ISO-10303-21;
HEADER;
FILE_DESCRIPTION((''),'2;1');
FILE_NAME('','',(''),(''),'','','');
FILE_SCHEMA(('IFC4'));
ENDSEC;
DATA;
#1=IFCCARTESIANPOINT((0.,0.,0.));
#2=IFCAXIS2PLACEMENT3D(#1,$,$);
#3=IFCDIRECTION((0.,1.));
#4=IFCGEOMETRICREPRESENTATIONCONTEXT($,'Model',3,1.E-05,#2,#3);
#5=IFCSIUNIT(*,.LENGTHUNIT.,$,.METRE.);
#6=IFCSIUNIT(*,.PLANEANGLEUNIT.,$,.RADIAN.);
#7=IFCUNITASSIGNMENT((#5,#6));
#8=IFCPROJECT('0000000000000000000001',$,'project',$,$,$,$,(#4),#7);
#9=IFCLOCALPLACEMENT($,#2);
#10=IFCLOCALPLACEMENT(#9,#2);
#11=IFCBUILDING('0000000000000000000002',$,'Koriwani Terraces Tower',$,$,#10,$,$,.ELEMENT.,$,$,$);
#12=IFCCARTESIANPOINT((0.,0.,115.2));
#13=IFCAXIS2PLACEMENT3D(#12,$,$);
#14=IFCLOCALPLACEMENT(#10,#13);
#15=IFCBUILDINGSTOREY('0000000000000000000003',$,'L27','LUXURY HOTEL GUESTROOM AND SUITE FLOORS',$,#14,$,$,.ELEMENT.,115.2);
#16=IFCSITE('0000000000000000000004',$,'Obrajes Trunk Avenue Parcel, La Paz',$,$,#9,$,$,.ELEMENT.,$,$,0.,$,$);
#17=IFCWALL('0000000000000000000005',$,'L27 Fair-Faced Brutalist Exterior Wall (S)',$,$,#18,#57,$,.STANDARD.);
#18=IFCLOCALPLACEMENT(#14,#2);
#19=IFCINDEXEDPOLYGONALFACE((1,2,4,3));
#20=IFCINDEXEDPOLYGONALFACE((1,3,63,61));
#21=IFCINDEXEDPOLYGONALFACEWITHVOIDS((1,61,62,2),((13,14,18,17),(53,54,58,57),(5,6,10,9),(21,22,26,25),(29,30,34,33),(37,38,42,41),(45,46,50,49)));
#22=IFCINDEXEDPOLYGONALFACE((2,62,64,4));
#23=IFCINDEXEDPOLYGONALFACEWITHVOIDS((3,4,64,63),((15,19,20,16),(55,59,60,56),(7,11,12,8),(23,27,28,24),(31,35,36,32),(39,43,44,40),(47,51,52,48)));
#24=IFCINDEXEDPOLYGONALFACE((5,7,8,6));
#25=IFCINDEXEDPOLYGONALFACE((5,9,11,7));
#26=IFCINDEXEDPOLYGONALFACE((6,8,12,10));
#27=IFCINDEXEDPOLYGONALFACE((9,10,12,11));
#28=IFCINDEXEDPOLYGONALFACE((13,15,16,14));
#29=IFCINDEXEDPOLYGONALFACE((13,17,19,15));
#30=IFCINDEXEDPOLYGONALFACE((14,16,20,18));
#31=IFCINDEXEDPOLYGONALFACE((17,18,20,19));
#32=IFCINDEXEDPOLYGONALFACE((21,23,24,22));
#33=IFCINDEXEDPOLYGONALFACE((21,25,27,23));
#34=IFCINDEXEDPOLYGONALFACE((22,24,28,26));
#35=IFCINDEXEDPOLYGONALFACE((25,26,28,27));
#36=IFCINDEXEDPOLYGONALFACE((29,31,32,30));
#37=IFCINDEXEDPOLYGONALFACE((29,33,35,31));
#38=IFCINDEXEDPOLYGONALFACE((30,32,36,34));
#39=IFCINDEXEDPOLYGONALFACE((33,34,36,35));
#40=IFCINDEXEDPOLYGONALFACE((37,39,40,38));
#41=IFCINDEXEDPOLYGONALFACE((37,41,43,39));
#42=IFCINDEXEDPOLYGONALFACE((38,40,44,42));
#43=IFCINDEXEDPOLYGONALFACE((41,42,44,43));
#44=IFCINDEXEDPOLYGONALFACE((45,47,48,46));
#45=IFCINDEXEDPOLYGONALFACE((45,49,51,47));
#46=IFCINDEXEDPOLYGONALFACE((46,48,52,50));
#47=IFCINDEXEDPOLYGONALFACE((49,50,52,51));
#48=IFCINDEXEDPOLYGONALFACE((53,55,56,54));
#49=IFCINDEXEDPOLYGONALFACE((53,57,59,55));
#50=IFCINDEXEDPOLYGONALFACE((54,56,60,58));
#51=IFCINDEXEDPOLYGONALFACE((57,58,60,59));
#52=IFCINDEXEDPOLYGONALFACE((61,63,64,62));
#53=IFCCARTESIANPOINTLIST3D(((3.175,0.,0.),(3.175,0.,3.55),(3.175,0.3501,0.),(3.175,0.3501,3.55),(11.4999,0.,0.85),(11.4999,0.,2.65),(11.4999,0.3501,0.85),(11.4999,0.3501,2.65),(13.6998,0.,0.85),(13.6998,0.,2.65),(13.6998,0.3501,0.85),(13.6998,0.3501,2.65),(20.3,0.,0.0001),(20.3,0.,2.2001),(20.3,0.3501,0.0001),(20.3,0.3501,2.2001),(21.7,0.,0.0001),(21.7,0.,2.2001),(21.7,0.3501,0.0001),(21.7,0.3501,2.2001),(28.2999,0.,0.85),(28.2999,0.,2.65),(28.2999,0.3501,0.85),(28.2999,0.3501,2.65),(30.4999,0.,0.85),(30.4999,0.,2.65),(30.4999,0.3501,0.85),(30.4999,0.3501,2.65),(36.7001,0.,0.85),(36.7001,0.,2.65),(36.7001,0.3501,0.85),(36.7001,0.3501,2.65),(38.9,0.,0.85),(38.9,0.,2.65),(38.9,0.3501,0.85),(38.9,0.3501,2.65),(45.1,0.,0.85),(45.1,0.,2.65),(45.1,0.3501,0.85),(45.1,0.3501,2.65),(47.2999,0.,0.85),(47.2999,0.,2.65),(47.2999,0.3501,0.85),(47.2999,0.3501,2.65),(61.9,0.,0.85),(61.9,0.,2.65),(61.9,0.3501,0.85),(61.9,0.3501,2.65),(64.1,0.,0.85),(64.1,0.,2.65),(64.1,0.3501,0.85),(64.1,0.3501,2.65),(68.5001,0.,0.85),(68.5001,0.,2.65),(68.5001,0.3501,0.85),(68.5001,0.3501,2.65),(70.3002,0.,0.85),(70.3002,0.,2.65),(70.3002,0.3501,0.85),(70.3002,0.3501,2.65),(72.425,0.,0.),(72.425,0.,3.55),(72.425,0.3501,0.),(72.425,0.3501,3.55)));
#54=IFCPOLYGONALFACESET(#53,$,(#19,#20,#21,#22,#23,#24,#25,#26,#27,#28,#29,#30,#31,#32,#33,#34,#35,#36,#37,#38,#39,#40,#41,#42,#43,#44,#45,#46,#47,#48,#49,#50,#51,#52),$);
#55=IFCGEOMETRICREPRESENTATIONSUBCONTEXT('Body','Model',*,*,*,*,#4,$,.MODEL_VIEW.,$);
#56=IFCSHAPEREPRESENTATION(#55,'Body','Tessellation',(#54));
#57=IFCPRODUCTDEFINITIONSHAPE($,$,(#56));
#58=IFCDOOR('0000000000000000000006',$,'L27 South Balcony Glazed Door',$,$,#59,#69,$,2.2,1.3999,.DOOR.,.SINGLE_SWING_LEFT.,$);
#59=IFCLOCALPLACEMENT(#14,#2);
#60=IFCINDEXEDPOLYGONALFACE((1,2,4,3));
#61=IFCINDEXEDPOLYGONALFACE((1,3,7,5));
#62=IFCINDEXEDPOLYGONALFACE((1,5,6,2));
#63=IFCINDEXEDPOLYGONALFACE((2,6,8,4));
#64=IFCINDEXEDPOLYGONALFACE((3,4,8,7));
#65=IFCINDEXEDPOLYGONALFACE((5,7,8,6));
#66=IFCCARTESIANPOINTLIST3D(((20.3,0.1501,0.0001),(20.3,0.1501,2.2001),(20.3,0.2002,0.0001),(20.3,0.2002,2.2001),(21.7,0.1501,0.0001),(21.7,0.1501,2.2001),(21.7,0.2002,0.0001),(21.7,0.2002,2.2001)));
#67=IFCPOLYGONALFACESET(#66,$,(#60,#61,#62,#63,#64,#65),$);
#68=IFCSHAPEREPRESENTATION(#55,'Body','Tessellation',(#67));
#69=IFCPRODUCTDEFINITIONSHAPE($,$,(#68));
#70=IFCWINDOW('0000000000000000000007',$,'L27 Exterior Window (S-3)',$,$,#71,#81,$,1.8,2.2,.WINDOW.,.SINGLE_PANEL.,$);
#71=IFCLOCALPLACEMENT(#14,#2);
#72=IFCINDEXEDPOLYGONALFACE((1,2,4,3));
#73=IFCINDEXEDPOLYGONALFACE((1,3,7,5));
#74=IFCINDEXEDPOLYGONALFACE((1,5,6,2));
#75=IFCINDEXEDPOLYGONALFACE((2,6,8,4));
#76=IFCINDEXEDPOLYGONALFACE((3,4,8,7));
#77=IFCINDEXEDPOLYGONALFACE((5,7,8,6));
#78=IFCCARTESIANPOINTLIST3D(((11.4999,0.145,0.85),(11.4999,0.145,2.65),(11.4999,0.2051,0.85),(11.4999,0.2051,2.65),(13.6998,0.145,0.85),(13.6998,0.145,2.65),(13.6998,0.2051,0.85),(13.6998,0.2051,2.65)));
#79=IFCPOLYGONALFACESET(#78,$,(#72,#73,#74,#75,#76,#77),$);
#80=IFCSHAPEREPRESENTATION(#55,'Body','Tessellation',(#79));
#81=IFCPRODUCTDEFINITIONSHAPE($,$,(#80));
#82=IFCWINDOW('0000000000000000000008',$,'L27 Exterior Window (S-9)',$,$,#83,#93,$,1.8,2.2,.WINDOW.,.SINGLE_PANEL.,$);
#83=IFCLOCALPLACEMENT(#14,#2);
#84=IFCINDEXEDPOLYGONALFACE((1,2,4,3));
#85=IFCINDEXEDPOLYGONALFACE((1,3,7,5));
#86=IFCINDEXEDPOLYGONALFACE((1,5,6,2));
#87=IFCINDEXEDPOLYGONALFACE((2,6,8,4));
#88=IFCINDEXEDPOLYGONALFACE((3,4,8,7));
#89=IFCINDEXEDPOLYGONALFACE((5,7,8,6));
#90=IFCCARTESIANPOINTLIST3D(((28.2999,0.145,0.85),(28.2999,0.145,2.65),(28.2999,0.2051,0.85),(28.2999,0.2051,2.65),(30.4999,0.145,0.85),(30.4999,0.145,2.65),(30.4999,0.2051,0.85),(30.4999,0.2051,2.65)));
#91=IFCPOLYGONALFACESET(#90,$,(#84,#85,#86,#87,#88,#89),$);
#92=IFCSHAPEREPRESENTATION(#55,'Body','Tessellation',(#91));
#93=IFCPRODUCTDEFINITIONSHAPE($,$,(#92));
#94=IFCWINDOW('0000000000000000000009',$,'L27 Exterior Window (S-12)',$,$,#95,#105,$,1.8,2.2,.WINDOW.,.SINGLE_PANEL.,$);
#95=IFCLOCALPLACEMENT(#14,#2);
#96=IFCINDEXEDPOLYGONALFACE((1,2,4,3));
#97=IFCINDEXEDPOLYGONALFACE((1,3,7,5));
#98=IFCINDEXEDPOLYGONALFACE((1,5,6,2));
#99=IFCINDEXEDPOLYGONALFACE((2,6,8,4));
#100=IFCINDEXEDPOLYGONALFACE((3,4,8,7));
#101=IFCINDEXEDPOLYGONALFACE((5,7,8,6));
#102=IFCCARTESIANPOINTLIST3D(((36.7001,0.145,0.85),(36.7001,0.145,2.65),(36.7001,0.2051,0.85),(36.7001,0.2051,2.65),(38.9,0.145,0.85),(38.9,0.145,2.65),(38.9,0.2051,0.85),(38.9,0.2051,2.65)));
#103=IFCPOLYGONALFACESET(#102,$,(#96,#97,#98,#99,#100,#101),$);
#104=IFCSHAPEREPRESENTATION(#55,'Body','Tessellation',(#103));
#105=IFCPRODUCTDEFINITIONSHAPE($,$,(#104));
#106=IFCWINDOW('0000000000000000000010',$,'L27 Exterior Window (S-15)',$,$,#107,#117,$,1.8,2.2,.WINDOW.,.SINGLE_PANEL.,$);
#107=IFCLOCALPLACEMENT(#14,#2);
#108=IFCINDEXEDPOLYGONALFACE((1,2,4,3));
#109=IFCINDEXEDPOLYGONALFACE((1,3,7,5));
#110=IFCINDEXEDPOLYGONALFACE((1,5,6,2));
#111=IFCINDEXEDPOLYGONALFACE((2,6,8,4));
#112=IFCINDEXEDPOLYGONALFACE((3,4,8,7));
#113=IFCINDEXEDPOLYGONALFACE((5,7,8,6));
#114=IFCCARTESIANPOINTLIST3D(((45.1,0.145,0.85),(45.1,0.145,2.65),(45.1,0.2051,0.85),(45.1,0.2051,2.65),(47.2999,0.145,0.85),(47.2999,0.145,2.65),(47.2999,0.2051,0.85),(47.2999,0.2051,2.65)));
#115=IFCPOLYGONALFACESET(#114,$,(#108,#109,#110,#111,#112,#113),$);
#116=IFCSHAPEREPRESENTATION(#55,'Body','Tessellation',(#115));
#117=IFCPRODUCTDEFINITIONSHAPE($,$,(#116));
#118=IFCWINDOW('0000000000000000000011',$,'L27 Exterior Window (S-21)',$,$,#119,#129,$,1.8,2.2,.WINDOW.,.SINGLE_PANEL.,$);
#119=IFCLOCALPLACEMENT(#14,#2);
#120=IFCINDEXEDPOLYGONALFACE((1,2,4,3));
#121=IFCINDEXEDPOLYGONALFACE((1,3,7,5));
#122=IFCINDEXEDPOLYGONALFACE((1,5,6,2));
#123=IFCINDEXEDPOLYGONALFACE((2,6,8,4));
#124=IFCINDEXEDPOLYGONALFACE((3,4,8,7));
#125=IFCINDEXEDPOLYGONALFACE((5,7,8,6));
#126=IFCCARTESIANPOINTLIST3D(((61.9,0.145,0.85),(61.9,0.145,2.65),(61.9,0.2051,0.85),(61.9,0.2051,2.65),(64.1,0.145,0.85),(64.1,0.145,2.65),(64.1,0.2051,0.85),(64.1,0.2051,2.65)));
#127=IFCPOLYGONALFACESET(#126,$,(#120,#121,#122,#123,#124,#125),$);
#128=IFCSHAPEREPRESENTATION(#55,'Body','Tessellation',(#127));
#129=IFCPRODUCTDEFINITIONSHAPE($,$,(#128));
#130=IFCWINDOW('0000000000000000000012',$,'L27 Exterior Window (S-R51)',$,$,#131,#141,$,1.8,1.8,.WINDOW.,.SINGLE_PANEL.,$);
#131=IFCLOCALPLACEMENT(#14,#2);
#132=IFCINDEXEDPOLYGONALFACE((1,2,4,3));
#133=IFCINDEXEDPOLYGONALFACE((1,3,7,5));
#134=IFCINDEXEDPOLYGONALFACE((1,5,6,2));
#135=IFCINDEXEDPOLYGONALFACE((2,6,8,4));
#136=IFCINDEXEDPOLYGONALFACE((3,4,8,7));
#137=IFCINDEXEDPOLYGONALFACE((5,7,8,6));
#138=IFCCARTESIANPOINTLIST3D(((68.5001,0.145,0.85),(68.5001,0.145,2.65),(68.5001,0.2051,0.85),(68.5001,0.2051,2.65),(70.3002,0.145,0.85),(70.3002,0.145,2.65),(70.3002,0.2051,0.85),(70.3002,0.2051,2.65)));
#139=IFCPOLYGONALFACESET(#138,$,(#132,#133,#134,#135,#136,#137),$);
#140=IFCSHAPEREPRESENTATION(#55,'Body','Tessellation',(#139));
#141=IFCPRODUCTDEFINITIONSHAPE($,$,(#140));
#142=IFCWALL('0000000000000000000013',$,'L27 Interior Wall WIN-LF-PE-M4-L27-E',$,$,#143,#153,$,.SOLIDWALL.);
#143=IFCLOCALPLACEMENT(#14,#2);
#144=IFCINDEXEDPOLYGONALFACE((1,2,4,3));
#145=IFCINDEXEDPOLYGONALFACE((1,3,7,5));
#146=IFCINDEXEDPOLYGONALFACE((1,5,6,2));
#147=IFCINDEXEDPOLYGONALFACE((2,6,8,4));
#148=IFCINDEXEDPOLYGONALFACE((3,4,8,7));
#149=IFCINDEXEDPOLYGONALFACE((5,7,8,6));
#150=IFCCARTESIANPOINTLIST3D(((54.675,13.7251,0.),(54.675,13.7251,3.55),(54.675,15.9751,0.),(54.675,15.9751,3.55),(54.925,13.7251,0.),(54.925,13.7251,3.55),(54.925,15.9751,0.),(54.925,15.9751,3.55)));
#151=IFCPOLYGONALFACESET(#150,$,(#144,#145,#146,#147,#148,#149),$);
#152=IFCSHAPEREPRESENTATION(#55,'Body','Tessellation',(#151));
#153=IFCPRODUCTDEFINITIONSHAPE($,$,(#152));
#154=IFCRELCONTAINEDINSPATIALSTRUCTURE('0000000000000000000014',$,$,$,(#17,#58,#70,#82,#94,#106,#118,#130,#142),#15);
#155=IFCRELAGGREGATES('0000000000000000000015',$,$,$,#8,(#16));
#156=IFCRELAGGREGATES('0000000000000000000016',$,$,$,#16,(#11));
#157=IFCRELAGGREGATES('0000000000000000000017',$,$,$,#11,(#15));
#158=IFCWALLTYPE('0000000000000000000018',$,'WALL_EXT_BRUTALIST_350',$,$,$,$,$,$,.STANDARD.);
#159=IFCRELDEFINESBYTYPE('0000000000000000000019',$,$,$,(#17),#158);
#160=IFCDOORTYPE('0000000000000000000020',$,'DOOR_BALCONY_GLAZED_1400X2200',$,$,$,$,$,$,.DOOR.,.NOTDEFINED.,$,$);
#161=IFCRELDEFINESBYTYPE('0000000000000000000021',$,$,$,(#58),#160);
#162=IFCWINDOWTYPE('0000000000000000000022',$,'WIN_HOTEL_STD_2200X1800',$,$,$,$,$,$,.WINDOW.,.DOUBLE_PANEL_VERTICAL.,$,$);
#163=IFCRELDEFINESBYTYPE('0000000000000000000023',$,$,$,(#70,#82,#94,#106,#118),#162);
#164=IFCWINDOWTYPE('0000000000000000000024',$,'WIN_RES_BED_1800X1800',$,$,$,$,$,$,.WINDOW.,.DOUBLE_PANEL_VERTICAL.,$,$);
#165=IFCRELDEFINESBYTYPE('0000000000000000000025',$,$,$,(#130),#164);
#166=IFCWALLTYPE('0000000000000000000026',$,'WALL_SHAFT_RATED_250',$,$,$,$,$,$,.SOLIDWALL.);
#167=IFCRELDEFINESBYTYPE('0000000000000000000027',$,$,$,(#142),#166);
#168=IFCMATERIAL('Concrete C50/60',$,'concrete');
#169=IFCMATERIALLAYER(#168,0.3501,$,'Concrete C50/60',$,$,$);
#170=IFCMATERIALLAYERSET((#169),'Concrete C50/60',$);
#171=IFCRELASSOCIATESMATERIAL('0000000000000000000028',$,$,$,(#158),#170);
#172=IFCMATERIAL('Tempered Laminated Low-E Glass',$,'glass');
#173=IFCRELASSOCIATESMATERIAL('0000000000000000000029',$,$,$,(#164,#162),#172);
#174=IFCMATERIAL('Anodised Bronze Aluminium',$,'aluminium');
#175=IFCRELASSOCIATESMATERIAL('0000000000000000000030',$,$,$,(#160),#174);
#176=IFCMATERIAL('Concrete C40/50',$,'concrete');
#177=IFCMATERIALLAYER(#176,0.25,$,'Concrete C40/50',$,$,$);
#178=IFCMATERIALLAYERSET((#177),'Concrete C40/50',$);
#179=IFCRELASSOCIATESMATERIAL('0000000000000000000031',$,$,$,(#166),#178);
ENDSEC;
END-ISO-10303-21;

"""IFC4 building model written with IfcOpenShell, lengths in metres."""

from ifc_helpers import new_model, si_unit, direction, frame, frame_2d, origin, place, context, subcontext, project, spatial, rectangle, extrude, material, layer, layer_set, type_object, element, fill, save


model = new_model("IFC4")

# Units and contexts
model_context = context("Model", 3, precision=1e-05, world=origin(), true_north=direction((0.0, 1.0)))
body_context = subcontext(model_context, "Body", "Model", "MODEL_VIEW")
ifc_project = project(units=[si_unit("LENGTHUNIT", "METRE"), si_unit("PLANEANGLEUNIT", "RADIAN")], contexts=[model_context])

# Site, building, storey
site_placement = place(None, origin())
site = spatial("IfcSite", under=ifc_project, at=site_placement, Name="Obrajes Trunk Avenue Parcel, La Paz", CompositionType="ELEMENT", RefElevation=0.0)
building_placement = place(site_placement, origin())
building = spatial("IfcBuilding", under=site, at=building_placement, Name="Koriwani Terraces Tower", CompositionType="ELEMENT")
storey_placement = place(building_placement, frame((0.0, 0.0, 115.2)))
storey = spatial("IfcBuildingStorey", under=building, at=storey_placement, Name="L27", Description="LUXURY HOTEL GUESTROOM AND SUITE FLOORS", CompositionType="ELEMENT", Elevation=115.2)

# Shared definitions
ifc_material_1 = material(Name="Concrete C40/50", Category="concrete")
ifc_material_2 = material(Name="Concrete C50/60", Category="concrete")

# Shared definitions
ifc_layer_1 = layer(ifc_material_2, 0.3501, Name="Concrete C50/60")
ifc_layer_set_1 = layer_set([ifc_layer_1], Name="Concrete C50/60")
wall_type_1 = type_object("IfcWallType", Name="WALL_EXT_BRUTALIST_350", PredefinedType="STANDARD", material=ifc_layer_set_1)

# Shared definitions
ifc_material_3 = material(Name="Tempered Laminated Low-E Glass", Category="glass")
window_type_1 = type_object("IfcWindowType", Name="WIN_RES_BED_1800X1800", PartitioningType="DOUBLE_PANEL_VERTICAL", PredefinedType="WINDOW", material=ifc_material_3)

# Wall, openings, door, windows
wall_1_placement = place(storey_placement, frame((72.425, 0.175, 0.0), z_axis=(0.0, 0.0, 1.0), x_axis=(-1.0, 0.0, 0.0)))
wall_1 = element("IfcWall", 1, at=wall_1_placement, inside=storey, type_object=wall_type_1, Name="L27 Fair-Faced Brutalist Exterior Wall (S)", PredefinedType="STANDARD", context=body_context, shape_type="SweptSolid", body=[
    extrude(rectangle(XDim=69.25, YDim=0.3501, at=frame_2d((34.625, 0.0))), origin(), (0.0, 0.0, 1.0), 3.55),
])
opening_1_placement = place(wall_1_placement, frame((50.7251, 0.0, 0.0)))
opening_1 = element("IfcOpeningElement", 2, at=opening_1_placement, cuts=wall_1, PredefinedType="OPENING", context=body_context, shape_type="SweptSolid", body=[
    extrude(rectangle(XDim=1.3999, YDim=2.2, at=frame_2d((0.7, 1.1001))), frame((0.0, 0.1851, 0.0), z_axis=(0.0, -1.0, 0.0), x_axis=(1.0, 0.0, 0.0)), (0.0, 0.0, 1.0), 0.3701),
])
opening_2_placement = place(wall_1_placement, frame((58.7251, 0.0, 0.8501)))
opening_2 = element("IfcOpeningElement", 3, at=opening_2_placement, cuts=wall_1, PredefinedType="OPENING", context=body_context, shape_type="SweptSolid", body=[
    extrude(rectangle(XDim=2.2, YDim=1.8, at=frame_2d((1.1001, 0.8999))), frame((0.0, 0.1851, 0.0), z_axis=(0.0, -1.0, 0.0), x_axis=(1.0, 0.0, 0.0)), (0.0, 0.0, 1.0), 0.3701),
])
opening_3_placement = place(wall_1_placement, frame((41.925, 0.0, 0.8501)))
opening_3 = element("IfcOpeningElement", 4, at=opening_3_placement, cuts=wall_1, PredefinedType="OPENING", context=body_context, shape_type="SweptSolid", body=[
    extrude(rectangle(XDim=2.2, YDim=1.8, at=frame_2d((1.1001, 0.8999))), frame((0.0, 0.1851, 0.0), z_axis=(0.0, -1.0, 0.0), x_axis=(1.0, 0.0, 0.0)), (0.0, 0.0, 1.0), 0.3701),
])
opening_4_placement = place(wall_1_placement, frame((33.5249, 0.0, 0.8501)))
opening_4 = element("IfcOpeningElement", 5, at=opening_4_placement, cuts=wall_1, PredefinedType="OPENING", context=body_context, shape_type="SweptSolid", body=[
    extrude(rectangle(XDim=2.2, YDim=1.8, at=frame_2d((1.1001, 0.8999))), frame((0.0, 0.1851, 0.0), z_axis=(0.0, -1.0, 0.0), x_axis=(1.0, 0.0, 0.0)), (0.0, 0.0, 1.0), 0.3701),
])
opening_5_placement = place(wall_1_placement, frame((25.125, 0.0, 0.8501)))
opening_5 = element("IfcOpeningElement", 6, at=opening_5_placement, cuts=wall_1, PredefinedType="OPENING", context=body_context, shape_type="SweptSolid", body=[
    extrude(rectangle(XDim=2.2, YDim=1.8, at=frame_2d((1.1001, 0.8999))), frame((0.0, 0.1851, 0.0), z_axis=(0.0, -1.0, 0.0), x_axis=(1.0, 0.0, 0.0)), (0.0, 0.0, 1.0), 0.3701),
])
opening_6_placement = place(wall_1_placement, frame((8.325, 0.0, 0.8501)))
opening_6 = element("IfcOpeningElement", 7, at=opening_6_placement, cuts=wall_1, PredefinedType="OPENING", context=body_context, shape_type="SweptSolid", body=[
    extrude(rectangle(XDim=2.2, YDim=1.8, at=frame_2d((1.1001, 0.8999))), frame((0.0, 0.1851, 0.0), z_axis=(0.0, -1.0, 0.0), x_axis=(1.0, 0.0, 0.0)), (0.0, 0.0, 1.0), 0.3701),
])
opening_7_placement = place(wall_1_placement, frame((2.125, 0.0, 0.8501)))
opening_7 = element("IfcOpeningElement", 8, at=opening_7_placement, cuts=wall_1, PredefinedType="OPENING", context=body_context, shape_type="SweptSolid", body=[
    extrude(rectangle(XDim=1.8, YDim=1.8, at=frame_2d((0.8999, 0.8999))), frame((0.0, 0.1851, 0.0), z_axis=(0.0, -1.0, 0.0), x_axis=(1.0, 0.0, 0.0)), (0.0, 0.0, 1.0), 0.3701),
])
ifc_material_4 = material(Name="Anodised Bronze Aluminium", Category="aluminium")
door_type = type_object("IfcDoorType", Name="DOOR_BALCONY_GLAZED_1400X2200", OperationType="NOTDEFINED", PredefinedType="DOOR", material=ifc_material_4)
door_placement = place(opening_1_placement, origin())
door = element("IfcDoor", 9, at=door_placement, inside=storey, type_object=door_type, Name="L27 South Balcony Glazed Door", OperationType="SINGLE_SWING_LEFT", OverallHeight=2.2, OverallWidth=1.3999, PredefinedType="DOOR", context=body_context, shape_type="SweptSolid", body=[
    extrude(rectangle(XDim=1.3999, YDim=2.2, at=frame_2d((0.7, 1.1001))), frame((0.0, 0.0249, 0.0), z_axis=(0.0, -1.0, 0.0), x_axis=(1.0, 0.0, 0.0)), (0.0, 0.0, 1.0), 0.05),
])
fill(opening_1, door)
window_type_2 = type_object("IfcWindowType", Name="WIN_HOTEL_STD_2200X1800", PartitioningType="DOUBLE_PANEL_VERTICAL", PredefinedType="WINDOW", material=ifc_material_3)
window_1_placement = place(opening_2_placement, origin())
window_1 = element("IfcWindow", 10, at=window_1_placement, inside=storey, type_object=window_type_2, Name="L27 Exterior Window (S-3)", OverallHeight=1.8, OverallWidth=2.2, PartitioningType="SINGLE_PANEL", PredefinedType="WINDOW", context=body_context, shape_type="SweptSolid", body=[
    extrude(rectangle(XDim=2.2, YDim=1.8, at=frame_2d((1.1001, 0.8999))), frame((0.0, 0.03, 0.0), z_axis=(0.0, -1.0, 0.0), x_axis=(1.0, 0.0, 0.0)), (0.0, 0.0, 1.0), 0.0601),
])
fill(opening_2, window_1)
window_2_placement = place(opening_3_placement, origin())
window_2 = element("IfcWindow", 11, at=window_2_placement, inside=storey, type_object=window_type_2, Name="L27 Exterior Window (S-9)", OverallHeight=1.8, OverallWidth=2.2, PartitioningType="SINGLE_PANEL", PredefinedType="WINDOW", context=body_context, shape_type="SweptSolid", body=[
    extrude(rectangle(XDim=2.2, YDim=1.8, at=frame_2d((1.1001, 0.8999))), frame((0.0, 0.03, 0.0), z_axis=(0.0, -1.0, 0.0), x_axis=(1.0, 0.0, 0.0)), (0.0, 0.0, 1.0), 0.0601),
])
fill(opening_3, window_2)
window_3_placement = place(opening_4_placement, origin())
window_3 = element("IfcWindow", 12, at=window_3_placement, inside=storey, type_object=window_type_2, Name="L27 Exterior Window (S-12)", OverallHeight=1.8, OverallWidth=2.2, PartitioningType="SINGLE_PANEL", PredefinedType="WINDOW", context=body_context, shape_type="SweptSolid", body=[
    extrude(rectangle(XDim=2.2, YDim=1.8, at=frame_2d((1.1001, 0.8999))), frame((0.0, 0.03, 0.0), z_axis=(0.0, -1.0, 0.0), x_axis=(1.0, 0.0, 0.0)), (0.0, 0.0, 1.0), 0.0601),
])
fill(opening_4, window_3)
window_4_placement = place(opening_5_placement, origin())
window_4 = element("IfcWindow", 13, at=window_4_placement, inside=storey, type_object=window_type_2, Name="L27 Exterior Window (S-15)", OverallHeight=1.8, OverallWidth=2.2, PartitioningType="SINGLE_PANEL", PredefinedType="WINDOW", context=body_context, shape_type="SweptSolid", body=[
    extrude(rectangle(XDim=2.2, YDim=1.8, at=frame_2d((1.1001, 0.8999))), frame((0.0, 0.03, 0.0), z_axis=(0.0, -1.0, 0.0), x_axis=(1.0, 0.0, 0.0)), (0.0, 0.0, 1.0), 0.0601),
])
fill(opening_5, window_4)
window_5_placement = place(opening_6_placement, origin())
window_5 = element("IfcWindow", 14, at=window_5_placement, inside=storey, type_object=window_type_2, Name="L27 Exterior Window (S-21)", OverallHeight=1.8, OverallWidth=2.2, PartitioningType="SINGLE_PANEL", PredefinedType="WINDOW", context=body_context, shape_type="SweptSolid", body=[
    extrude(rectangle(XDim=2.2, YDim=1.8, at=frame_2d((1.1001, 0.8999))), frame((0.0, 0.03, 0.0), z_axis=(0.0, -1.0, 0.0), x_axis=(1.0, 0.0, 0.0)), (0.0, 0.0, 1.0), 0.0601),
])
fill(opening_6, window_5)
window_6_placement = place(opening_7_placement, origin())
window_6 = element("IfcWindow", 15, at=window_6_placement, inside=storey, type_object=window_type_1, Name="L27 Exterior Window (S-R51)", OverallHeight=1.8, OverallWidth=1.8, PartitioningType="SINGLE_PANEL", PredefinedType="WINDOW", context=body_context, shape_type="SweptSolid", body=[
    extrude(rectangle(XDim=1.8, YDim=1.8, at=frame_2d((0.8999, 0.8999))), frame((0.0, 0.03, 0.0), z_axis=(0.0, -1.0, 0.0), x_axis=(1.0, 0.0, 0.0)), (0.0, 0.0, 1.0), 0.0601),
])
fill(opening_7, window_6)

# Wall
ifc_layer_2 = layer(ifc_material_1, 0.25, Name="Concrete C40/50")
ifc_layer_set_2 = layer_set([ifc_layer_2], Name="Concrete C40/50")
wall_type_2 = type_object("IfcWallType", Name="WALL_SHAFT_RATED_250", PredefinedType="SOLIDWALL", material=ifc_layer_set_2)
wall_2_placement = place(storey_placement, frame((54.8, 13.7251, 0.0), z_axis=(0.0, 0.0, 1.0), x_axis=(0.0, 1.0, 0.0)))
element("IfcWall", 16, at=wall_2_placement, inside=storey, type_object=wall_type_2, Name="L27 Interior Wall WIN-LF-PE-M4-L27-E", PredefinedType="SOLIDWALL", context=body_context, shape_type="SweptSolid", body=[
    extrude(rectangle(XDim=2.25, YDim=0.25, at=frame_2d((1.125, 0.0))), origin(), (0.0, 0.0, 1.0), 3.55),
])

save(model, "model.ifc")
